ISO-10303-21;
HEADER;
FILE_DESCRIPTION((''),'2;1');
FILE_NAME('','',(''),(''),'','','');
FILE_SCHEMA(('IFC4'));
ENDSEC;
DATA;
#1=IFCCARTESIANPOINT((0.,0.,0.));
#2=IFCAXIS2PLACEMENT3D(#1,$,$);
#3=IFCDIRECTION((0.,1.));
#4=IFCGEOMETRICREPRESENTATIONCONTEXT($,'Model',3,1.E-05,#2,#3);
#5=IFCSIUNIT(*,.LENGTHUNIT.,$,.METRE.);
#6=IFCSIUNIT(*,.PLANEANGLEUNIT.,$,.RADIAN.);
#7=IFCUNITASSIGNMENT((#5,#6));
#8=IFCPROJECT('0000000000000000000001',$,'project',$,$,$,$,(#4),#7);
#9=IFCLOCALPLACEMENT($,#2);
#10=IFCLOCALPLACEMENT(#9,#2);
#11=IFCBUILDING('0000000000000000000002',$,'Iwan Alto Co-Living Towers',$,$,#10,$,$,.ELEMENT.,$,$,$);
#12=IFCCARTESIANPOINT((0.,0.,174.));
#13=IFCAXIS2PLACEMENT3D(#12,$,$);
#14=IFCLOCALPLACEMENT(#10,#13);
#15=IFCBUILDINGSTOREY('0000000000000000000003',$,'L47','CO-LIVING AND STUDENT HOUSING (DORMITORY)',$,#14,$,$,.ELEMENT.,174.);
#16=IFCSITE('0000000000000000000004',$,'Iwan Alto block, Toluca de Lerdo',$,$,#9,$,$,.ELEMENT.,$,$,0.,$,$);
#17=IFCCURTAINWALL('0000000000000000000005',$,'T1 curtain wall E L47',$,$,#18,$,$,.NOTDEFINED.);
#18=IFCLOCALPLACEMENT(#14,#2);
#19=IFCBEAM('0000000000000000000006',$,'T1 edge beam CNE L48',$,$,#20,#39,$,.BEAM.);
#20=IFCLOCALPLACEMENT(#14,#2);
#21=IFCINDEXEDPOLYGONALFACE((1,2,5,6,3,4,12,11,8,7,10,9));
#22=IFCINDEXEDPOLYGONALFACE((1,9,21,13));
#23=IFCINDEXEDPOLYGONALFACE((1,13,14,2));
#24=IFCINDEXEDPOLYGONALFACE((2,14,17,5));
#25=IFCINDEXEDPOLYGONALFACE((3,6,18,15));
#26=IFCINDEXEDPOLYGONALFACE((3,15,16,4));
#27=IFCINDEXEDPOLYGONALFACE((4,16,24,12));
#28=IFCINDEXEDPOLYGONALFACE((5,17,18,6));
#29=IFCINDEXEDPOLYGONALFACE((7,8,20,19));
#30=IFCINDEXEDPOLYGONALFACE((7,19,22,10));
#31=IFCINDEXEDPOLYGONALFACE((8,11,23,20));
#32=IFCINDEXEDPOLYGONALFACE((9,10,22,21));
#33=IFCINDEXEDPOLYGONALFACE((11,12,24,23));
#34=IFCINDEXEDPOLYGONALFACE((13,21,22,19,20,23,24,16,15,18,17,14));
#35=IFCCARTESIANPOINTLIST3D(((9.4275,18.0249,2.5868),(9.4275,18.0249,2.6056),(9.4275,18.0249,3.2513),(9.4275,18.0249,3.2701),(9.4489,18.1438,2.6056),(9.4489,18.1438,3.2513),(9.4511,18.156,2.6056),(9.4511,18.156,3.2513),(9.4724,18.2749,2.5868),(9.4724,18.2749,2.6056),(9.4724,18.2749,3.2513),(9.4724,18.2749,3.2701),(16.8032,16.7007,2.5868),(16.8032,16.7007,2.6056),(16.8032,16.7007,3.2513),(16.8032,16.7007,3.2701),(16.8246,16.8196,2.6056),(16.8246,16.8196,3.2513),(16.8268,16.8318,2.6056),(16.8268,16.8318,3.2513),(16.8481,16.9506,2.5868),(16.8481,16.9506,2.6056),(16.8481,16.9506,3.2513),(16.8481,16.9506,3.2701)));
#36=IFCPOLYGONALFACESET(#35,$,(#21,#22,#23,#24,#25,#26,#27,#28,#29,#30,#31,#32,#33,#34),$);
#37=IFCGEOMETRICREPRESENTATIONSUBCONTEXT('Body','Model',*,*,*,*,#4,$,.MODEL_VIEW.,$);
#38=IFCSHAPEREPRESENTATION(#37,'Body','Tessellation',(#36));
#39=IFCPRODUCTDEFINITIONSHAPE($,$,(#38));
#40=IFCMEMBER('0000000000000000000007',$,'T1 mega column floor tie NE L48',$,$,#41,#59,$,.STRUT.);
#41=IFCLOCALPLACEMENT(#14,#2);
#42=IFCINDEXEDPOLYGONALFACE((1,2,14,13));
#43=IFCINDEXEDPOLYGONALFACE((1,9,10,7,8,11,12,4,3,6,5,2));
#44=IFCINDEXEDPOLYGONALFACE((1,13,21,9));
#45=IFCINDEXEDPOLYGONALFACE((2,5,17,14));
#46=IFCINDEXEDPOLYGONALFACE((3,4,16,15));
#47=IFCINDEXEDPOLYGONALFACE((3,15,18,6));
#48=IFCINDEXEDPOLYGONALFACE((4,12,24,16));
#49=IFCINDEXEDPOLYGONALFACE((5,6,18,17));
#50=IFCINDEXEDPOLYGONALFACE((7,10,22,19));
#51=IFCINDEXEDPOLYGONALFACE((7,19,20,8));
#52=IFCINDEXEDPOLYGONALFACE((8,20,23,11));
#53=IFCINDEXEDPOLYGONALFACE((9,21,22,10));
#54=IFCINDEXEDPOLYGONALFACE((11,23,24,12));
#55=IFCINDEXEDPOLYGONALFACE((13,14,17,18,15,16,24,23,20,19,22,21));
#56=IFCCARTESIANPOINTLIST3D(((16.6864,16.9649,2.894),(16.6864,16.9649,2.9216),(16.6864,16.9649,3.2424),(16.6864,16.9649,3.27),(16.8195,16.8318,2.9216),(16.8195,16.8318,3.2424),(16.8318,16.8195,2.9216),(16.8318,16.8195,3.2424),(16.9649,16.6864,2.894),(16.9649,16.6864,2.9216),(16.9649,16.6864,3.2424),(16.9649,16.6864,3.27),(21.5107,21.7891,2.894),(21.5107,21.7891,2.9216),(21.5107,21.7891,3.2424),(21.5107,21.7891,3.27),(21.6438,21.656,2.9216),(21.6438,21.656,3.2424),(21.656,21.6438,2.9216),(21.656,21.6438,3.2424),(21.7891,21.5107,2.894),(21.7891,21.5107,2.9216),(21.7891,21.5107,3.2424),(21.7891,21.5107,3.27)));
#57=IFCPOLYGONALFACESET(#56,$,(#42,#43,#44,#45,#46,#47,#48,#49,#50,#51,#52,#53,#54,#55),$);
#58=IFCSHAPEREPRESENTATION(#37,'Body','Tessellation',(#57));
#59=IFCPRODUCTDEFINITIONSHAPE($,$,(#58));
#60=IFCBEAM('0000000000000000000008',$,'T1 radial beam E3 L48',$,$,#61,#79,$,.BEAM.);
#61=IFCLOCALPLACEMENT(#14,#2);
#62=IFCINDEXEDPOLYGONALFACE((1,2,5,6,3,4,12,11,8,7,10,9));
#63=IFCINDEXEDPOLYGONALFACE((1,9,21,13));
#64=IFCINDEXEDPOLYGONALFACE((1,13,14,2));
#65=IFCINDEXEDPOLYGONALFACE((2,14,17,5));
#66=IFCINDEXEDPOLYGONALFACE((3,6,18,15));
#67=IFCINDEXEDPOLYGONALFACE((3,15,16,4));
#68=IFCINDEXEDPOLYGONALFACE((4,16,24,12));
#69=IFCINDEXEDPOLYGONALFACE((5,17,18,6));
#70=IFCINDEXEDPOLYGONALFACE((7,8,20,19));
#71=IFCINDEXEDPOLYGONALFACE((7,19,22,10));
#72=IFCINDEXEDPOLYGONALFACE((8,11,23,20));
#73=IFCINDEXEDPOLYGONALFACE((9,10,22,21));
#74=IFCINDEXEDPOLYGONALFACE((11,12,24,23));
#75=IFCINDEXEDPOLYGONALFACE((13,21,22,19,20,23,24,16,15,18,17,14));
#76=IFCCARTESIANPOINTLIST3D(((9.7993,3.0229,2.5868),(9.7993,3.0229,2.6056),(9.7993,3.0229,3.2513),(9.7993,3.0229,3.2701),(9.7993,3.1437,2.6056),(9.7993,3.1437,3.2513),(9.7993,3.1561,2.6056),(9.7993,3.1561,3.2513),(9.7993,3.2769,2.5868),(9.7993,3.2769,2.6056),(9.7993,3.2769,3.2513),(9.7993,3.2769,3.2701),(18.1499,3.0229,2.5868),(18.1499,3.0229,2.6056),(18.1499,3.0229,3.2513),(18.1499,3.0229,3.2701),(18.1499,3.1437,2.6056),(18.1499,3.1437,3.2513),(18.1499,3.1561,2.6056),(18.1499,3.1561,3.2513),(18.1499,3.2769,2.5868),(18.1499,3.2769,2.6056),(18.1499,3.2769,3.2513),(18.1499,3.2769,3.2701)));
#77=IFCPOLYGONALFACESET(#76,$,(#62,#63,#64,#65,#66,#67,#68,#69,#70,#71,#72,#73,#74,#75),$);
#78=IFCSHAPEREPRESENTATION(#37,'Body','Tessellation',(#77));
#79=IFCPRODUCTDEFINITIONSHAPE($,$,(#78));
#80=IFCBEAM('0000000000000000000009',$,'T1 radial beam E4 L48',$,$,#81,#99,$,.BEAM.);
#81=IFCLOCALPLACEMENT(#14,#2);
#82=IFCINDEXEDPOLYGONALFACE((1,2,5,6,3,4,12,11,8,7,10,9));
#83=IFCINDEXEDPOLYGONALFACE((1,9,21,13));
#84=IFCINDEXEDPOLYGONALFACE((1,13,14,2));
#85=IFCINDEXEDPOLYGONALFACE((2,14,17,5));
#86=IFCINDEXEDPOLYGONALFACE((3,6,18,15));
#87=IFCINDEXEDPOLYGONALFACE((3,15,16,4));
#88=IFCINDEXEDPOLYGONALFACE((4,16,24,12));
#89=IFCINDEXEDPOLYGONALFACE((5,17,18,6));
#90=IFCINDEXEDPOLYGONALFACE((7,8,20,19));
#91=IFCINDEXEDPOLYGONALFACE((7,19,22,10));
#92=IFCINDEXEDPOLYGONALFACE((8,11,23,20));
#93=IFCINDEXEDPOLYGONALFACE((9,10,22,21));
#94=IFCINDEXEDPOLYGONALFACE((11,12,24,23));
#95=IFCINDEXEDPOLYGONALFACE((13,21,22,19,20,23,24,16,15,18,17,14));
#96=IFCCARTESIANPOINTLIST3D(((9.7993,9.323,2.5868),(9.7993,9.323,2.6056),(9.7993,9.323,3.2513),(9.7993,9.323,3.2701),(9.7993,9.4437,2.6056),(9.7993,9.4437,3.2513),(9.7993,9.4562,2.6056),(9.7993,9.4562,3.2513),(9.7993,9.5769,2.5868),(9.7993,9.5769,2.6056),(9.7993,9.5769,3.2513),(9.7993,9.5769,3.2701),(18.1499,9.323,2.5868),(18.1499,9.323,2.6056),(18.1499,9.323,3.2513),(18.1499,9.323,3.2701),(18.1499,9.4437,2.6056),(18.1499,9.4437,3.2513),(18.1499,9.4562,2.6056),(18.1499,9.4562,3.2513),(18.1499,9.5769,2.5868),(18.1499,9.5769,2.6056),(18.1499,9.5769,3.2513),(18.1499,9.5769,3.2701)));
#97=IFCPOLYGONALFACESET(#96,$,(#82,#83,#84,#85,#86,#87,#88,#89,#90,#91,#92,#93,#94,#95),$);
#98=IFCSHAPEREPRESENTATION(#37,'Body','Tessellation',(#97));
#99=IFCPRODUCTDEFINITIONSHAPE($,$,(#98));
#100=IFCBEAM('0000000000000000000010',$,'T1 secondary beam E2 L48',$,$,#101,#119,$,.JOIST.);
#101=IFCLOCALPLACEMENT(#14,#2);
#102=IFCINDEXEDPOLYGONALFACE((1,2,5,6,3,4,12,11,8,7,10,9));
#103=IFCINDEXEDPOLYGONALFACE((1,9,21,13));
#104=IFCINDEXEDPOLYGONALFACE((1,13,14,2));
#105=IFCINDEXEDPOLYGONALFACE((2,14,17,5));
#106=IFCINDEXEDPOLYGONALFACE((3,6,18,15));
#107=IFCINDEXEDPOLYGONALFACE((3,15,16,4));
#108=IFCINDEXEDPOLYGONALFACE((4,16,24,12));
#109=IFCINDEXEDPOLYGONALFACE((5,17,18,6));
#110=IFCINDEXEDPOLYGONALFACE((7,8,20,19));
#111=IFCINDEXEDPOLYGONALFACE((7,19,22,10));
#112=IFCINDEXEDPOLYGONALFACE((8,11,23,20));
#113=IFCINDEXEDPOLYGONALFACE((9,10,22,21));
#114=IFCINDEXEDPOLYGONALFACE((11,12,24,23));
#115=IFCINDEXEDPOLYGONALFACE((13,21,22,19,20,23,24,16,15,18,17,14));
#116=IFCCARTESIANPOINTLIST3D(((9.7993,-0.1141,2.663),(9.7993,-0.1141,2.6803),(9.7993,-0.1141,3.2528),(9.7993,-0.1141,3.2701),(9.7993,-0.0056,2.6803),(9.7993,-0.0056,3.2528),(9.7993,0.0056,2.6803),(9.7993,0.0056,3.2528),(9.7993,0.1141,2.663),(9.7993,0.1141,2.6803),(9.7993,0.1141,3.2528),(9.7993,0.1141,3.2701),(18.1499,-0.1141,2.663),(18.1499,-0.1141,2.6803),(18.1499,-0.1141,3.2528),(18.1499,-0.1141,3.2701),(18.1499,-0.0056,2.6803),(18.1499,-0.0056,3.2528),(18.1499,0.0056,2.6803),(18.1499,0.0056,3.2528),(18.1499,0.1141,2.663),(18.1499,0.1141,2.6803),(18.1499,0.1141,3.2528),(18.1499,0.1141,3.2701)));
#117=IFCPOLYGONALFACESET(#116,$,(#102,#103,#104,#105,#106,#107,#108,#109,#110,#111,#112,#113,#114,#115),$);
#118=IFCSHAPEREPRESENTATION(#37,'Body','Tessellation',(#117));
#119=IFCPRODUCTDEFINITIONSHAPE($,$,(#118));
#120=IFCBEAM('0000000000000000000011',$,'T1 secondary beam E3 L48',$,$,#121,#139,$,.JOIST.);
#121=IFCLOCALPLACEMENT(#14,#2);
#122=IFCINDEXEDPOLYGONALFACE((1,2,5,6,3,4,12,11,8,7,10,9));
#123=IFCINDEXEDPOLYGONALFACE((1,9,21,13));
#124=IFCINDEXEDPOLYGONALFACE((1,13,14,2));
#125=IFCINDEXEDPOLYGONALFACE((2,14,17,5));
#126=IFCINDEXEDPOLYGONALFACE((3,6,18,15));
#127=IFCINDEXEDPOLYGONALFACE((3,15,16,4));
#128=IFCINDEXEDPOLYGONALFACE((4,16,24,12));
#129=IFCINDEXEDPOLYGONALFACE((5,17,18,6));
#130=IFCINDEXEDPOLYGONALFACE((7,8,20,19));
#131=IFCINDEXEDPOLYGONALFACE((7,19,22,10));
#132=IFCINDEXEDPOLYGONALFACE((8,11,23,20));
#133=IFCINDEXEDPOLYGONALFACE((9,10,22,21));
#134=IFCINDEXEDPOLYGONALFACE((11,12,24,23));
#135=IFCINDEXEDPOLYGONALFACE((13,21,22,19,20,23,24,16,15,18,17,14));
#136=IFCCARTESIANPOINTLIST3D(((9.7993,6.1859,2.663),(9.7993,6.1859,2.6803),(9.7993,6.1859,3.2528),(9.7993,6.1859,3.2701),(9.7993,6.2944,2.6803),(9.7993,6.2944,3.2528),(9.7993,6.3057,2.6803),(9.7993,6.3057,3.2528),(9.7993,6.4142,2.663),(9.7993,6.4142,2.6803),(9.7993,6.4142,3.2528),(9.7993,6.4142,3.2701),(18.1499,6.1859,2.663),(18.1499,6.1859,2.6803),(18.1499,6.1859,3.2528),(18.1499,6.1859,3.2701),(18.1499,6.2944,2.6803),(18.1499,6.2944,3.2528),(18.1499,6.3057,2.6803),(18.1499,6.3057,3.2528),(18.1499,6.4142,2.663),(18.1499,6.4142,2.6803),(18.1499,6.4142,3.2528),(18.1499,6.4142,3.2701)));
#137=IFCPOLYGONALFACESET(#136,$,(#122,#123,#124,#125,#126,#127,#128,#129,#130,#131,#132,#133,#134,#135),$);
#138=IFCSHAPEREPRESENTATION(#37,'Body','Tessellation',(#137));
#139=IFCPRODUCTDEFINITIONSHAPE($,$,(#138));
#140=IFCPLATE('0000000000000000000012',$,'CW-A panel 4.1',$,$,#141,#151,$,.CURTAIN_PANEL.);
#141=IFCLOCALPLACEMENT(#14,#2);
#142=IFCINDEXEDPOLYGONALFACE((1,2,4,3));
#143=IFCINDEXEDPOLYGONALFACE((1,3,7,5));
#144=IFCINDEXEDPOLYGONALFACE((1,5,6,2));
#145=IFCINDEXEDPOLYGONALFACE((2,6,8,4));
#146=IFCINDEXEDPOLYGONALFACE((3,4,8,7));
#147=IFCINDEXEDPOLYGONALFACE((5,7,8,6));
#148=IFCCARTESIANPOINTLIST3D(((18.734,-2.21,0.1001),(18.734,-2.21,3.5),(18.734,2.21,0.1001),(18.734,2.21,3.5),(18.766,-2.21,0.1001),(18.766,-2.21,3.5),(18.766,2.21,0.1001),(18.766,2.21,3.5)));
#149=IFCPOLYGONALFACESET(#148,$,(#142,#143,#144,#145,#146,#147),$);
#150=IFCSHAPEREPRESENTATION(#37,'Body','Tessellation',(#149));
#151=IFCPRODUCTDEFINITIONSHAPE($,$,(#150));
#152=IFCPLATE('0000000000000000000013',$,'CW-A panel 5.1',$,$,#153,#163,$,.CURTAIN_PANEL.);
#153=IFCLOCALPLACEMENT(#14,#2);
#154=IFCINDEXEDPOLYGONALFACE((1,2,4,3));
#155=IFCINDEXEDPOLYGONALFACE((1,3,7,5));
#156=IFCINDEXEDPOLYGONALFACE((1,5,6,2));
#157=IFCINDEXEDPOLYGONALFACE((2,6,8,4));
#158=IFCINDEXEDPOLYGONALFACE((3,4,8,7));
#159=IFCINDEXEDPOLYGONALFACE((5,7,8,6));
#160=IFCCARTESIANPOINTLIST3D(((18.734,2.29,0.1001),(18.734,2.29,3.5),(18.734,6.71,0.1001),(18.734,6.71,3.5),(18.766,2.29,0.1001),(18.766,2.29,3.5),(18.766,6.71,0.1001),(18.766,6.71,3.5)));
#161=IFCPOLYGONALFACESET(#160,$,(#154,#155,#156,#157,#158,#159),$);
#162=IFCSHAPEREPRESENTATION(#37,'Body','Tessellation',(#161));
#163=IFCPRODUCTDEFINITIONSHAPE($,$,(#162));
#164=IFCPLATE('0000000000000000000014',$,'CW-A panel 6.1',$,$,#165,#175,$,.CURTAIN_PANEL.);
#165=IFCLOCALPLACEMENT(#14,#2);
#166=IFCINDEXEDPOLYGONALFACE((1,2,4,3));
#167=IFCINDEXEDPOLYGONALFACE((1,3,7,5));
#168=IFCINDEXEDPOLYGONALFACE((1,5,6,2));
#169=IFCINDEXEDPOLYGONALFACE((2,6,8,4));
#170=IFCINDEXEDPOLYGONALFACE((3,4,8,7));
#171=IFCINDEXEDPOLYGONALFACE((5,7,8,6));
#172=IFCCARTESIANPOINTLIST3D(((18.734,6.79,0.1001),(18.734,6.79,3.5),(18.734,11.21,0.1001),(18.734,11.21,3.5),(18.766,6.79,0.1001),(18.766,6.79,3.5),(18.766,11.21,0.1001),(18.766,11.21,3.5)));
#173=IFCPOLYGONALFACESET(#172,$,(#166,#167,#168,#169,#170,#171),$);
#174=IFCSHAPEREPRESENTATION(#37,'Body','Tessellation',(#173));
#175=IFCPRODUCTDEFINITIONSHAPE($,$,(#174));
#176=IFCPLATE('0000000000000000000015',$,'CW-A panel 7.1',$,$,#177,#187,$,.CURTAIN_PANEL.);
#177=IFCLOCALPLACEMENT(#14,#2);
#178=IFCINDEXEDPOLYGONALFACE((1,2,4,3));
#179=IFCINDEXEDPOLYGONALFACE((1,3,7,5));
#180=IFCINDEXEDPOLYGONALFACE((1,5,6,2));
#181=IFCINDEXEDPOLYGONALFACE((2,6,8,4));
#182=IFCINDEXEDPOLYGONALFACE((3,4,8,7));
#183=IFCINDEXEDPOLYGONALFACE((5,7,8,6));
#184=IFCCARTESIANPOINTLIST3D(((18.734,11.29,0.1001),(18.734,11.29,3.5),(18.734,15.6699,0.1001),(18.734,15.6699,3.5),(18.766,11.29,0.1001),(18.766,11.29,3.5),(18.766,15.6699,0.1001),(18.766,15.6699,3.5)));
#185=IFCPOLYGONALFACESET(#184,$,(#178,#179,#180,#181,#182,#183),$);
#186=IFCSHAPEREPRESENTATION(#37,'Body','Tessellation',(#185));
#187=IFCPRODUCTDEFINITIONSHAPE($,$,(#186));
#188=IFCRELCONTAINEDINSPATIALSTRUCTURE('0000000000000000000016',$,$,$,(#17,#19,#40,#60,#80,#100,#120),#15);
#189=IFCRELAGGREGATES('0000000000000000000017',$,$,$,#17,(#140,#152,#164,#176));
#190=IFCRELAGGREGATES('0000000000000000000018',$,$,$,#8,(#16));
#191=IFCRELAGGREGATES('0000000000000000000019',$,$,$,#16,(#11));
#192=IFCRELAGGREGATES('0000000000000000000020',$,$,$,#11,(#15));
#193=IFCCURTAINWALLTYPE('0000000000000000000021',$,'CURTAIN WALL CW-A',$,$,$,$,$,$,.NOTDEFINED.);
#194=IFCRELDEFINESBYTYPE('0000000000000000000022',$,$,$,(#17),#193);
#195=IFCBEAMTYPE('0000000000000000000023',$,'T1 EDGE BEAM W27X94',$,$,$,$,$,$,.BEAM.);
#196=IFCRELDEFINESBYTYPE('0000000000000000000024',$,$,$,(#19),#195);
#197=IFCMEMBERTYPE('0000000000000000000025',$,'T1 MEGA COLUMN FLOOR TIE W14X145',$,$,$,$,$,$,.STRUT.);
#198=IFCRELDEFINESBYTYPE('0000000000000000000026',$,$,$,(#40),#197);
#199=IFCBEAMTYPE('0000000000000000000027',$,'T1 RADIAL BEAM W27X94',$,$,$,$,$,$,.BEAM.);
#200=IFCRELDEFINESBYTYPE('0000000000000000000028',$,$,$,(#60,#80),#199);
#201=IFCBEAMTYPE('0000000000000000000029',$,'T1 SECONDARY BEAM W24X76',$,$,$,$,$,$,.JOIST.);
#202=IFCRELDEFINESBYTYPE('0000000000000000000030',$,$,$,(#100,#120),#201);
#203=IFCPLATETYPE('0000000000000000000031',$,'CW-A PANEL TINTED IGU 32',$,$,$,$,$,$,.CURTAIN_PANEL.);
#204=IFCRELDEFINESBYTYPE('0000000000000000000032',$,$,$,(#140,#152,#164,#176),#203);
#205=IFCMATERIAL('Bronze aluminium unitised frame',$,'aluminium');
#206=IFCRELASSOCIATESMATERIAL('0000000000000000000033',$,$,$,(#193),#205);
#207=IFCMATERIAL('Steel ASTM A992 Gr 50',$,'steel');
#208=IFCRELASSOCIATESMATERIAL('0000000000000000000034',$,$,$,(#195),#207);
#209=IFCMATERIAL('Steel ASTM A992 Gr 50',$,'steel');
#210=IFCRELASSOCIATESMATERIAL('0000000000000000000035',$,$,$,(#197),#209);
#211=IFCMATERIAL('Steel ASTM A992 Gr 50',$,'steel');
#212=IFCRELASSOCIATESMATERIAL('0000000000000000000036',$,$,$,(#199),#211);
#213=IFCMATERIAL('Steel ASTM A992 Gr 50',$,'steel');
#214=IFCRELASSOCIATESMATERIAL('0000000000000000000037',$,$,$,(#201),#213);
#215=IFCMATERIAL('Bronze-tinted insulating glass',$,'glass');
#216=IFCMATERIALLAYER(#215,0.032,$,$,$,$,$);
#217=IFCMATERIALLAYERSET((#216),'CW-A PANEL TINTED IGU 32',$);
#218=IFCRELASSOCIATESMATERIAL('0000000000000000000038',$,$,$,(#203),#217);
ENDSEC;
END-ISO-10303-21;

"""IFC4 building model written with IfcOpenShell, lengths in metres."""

from ifc_helpers import new_model, si_unit, direction, frame, origin, origin_2d, place, context, subcontext, project, spatial, rectangle, i_section, extrude, material, layer, layer_set, material_profile, profile_set, type_object, element, aggregate, save


model = new_model("IFC4")

# Units and contexts
model_context = context("Model", 3, precision=1e-05, world=origin(), true_north=direction((0.0, 1.0)))
body_context = subcontext(model_context, "Body", "Model", "MODEL_VIEW")
ifc_project = project(units=[si_unit("LENGTHUNIT", "METRE"), si_unit("PLANEANGLEUNIT", "RADIAN")], contexts=[model_context])

# Site, building, storey
site_placement = place(None, origin())
site = spatial("IfcSite", under=ifc_project, at=site_placement, Name="Iwan Alto block, Toluca de Lerdo", CompositionType="ELEMENT", RefElevation=0.0)
building_placement = place(site_placement, origin())
building = spatial("IfcBuilding", under=site, at=building_placement, Name="Iwan Alto Co-Living Towers", CompositionType="ELEMENT")
storey_placement = place(building_placement, frame((0.0, 0.0, 174.0)))
storey = spatial("IfcBuildingStorey", under=building, at=storey_placement, Name="L47", Description="CO-LIVING AND STUDENT HOUSING (DORMITORY)", CompositionType="ELEMENT", Elevation=174.0)

# Curtain wall
ifc_material_1 = material(Name="Bronze aluminium unitised frame", Category="aluminium")
curtain_wall_type_1 = type_object("IfcCurtainWallType", Name="CURTAIN WALL CW-A", PredefinedType="NOTDEFINED", material=ifc_material_1)
curtain_wall_1_placement = place(storey_placement, origin())
curtain_wall_1 = element("IfcCurtainWall", 1, at=curtain_wall_1_placement, inside=storey, type_object=curtain_wall_type_1, Name="T1 curtain wall E L47", PredefinedType="NOTDEFINED")

# Beam
ifc_material_2 = material(Name="Steel ASTM A992 Gr 50", Category="steel")
ifc_material_profile_1 = material_profile(ifc_material_2, i_section(OverallWidth=0.2539, OverallDepth=0.6833, WebThickness=0.0125, FlangeThickness=0.0188, at=origin_2d()), Name="W27X94")
ifc_profile_set_1 = profile_set([ifc_material_profile_1], Name="Steel ASTM A992 Gr 50")
beam_type_1 = type_object("IfcBeamType", Name="T1 EDGE BEAM W27X94", PredefinedType="BEAM", material=ifc_profile_set_1)
for number, where, z_axis, x_axis, name in (
    (2, (16.8257, 16.8257, 2.9285), (-0.984263, 0.176712, 0.0), (-0.176712, -0.984263, 0.0), "T1 edge beam CNE L48"),
):
    element("IfcBeam", number, at=place(storey_placement, frame(where, z_axis=z_axis, x_axis=x_axis)), inside=storey, type_object=beam_type_1, Name=name, PredefinedType="BEAM", context=body_context, shape_type="SweptSolid", body=[
        extrude(i_section(OverallWidth=0.2539, OverallDepth=0.6833, WebThickness=0.0125, FlangeThickness=0.0188, at=origin_2d()), origin(), (0.0, 0.0, 1.0), 7.4937),
    ])

# Member
ifc_material_3 = material(Name="Steel ASTM A992 Gr 50", Category="steel")
ifc_material_profile_2 = material_profile(ifc_material_3, i_section(OverallWidth=0.3938, OverallDepth=0.376, WebThickness=0.0173, FlangeThickness=0.0276, at=origin_2d()), Name="W14X145")
ifc_profile_set_2 = profile_set([ifc_material_profile_2], Name="Steel ASTM A992 Gr 50")
member_type_1 = type_object("IfcMemberType", Name="T1 MEGA COLUMN FLOOR TIE W14X145", PredefinedType="STRUT", material=ifc_profile_set_2)
member_1_placement = place(storey_placement, frame((21.6499, 21.6499, 3.082), z_axis=(-0.707107, -0.707107, 0.0), x_axis=(0.707107, -0.707107, 0.0)))
element("IfcMember", 3, at=member_1_placement, inside=storey, type_object=member_type_1, Name="T1 mega column floor tie NE L48", PredefinedType="STRUT", context=body_context, shape_type="SweptSolid", body=[
    extrude(i_section(OverallWidth=0.3938, OverallDepth=0.376, WebThickness=0.0173, FlangeThickness=0.0276, at=origin_2d()), origin(), (0.0, 0.0, 1.0), 6.8225),
])

# Beams
ifc_material_4 = material(Name="Steel ASTM A992 Gr 50", Category="steel")
ifc_material_profile_3 = material_profile(ifc_material_4, i_section(OverallWidth=0.2539, OverallDepth=0.6833, WebThickness=0.0125, FlangeThickness=0.0188, at=origin_2d()), Name="W27X94")
ifc_profile_set_3 = profile_set([ifc_material_profile_3], Name="Steel ASTM A992 Gr 50")
beam_type_2 = type_object("IfcBeamType", Name="T1 RADIAL BEAM W27X94", PredefinedType="BEAM", material=ifc_profile_set_3)
for number, where, z_axis, x_axis, name in (
    (4, (18.1499, 3.1499, 2.9285), (-1.0, 0.0, 0.0), (0.0, -1.0, 0.0), "T1 radial beam E3 L48"),
    (5, (18.1499, 9.45, 2.9285), (-1.0, 0.0, 0.0), (0.0, -1.0, 0.0), "T1 radial beam E4 L48"),
):
    element("IfcBeam", number, at=place(storey_placement, frame(where, z_axis=z_axis, x_axis=x_axis)), inside=storey, type_object=beam_type_2, Name=name, PredefinedType="BEAM", context=body_context, shape_type="SweptSolid", body=[
        extrude(i_section(OverallWidth=0.2539, OverallDepth=0.6833, WebThickness=0.0125, FlangeThickness=0.0188, at=origin_2d()), origin(), (0.0, 0.0, 1.0), 8.3506),
    ])
ifc_material_5 = material(Name="Steel ASTM A992 Gr 50", Category="steel")
ifc_material_profile_4 = material_profile(ifc_material_5, i_section(OverallWidth=0.2283, OverallDepth=0.6072, WebThickness=0.0112, FlangeThickness=0.0173, at=origin_2d()), Name="W24X76")
ifc_profile_set_4 = profile_set([ifc_material_profile_4], Name="Steel ASTM A992 Gr 50")
beam_type_3 = type_object("IfcBeamType", Name="T1 SECONDARY BEAM W24X76", PredefinedType="JOIST", material=ifc_profile_set_4)
for number, where, z_axis, x_axis, name in (
    (6, (18.1499, 0.0, 2.9666), (-1.0, 0.0, 0.0), (0.0, -1.0, 0.0), "T1 secondary beam E2 L48"),
    (7, (18.1499, 6.3, 2.9666), (-1.0, 0.0, 0.0), (0.0, -1.0, 0.0), "T1 secondary beam E3 L48"),
):
    element("IfcBeam", number, at=place(storey_placement, frame(where, z_axis=z_axis, x_axis=x_axis)), inside=storey, type_object=beam_type_3, Name=name, PredefinedType="JOIST", context=body_context, shape_type="SweptSolid", body=[
        extrude(i_section(OverallWidth=0.2283, OverallDepth=0.6072, WebThickness=0.0112, FlangeThickness=0.0173, at=origin_2d()), origin(), (0.0, 0.0, 1.0), 8.3506),
    ])

# Plates
ifc_material_6 = material(Name="Bronze-tinted insulating glass", Category="glass")
ifc_layer_1 = layer(ifc_material_6, 0.032)
ifc_layer_set_1 = layer_set([ifc_layer_1], Name="CW-A PANEL TINTED IGU 32")
plate_type_1 = type_object("IfcPlateType", Name="CW-A PANEL TINTED IGU 32", PredefinedType="CURTAIN_PANEL", material=ifc_layer_set_1)
plate_1_placement = place(storey_placement, frame((18.75, 0.0, 0.1001), z_axis=(0.0, 0.0, 1.0), x_axis=(0.0, 1.0, 0.0)))
plate_1 = element("IfcPlate", 8, at=plate_1_placement, type_object=plate_type_1, Name="CW-A panel 4.1", PredefinedType="CURTAIN_PANEL", context=body_context, shape_type="SweptSolid", body=[
    extrude(rectangle(XDim=4.4199, YDim=0.032, at=origin_2d()), origin(), (0.0, 0.0, 1.0), 3.3999),
])
plate_2_placement = place(storey_placement, frame((18.75, 4.5, 0.1001), z_axis=(0.0, 0.0, 1.0), x_axis=(0.0, 1.0, 0.0)))
plate_2 = element("IfcPlate", 9, at=plate_2_placement, type_object=plate_type_1, Name="CW-A panel 5.1", PredefinedType="CURTAIN_PANEL", context=body_context, shape_type="SweptSolid", body=[
    extrude(rectangle(XDim=4.4199, YDim=0.032, at=origin_2d()), origin(), (0.0, 0.0, 1.0), 3.3999),
])
plate_3_placement = place(storey_placement, frame((18.75, 9.0, 0.1001), z_axis=(0.0, 0.0, 1.0), x_axis=(0.0, 1.0, 0.0)))
plate_3 = element("IfcPlate", 10, at=plate_3_placement, type_object=plate_type_1, Name="CW-A panel 6.1", PredefinedType="CURTAIN_PANEL", context=body_context, shape_type="SweptSolid", body=[
    extrude(rectangle(XDim=4.4199, YDim=0.032, at=origin_2d()), origin(), (0.0, 0.0, 1.0), 3.3999),
])
plate_4_placement = place(storey_placement, frame((18.75, 13.48, 0.1001), z_axis=(0.0, 0.0, 1.0), x_axis=(0.0, 1.0, 0.0)))
plate_4 = element("IfcPlate", 11, at=plate_4_placement, type_object=plate_type_1, Name="CW-A panel 7.1", PredefinedType="CURTAIN_PANEL", context=body_context, shape_type="SweptSolid", body=[
    extrude(rectangle(XDim=4.3799, YDim=0.032, at=origin_2d()), origin(), (0.0, 0.0, 1.0), 3.3999),
])
aggregate(curtain_wall_1, [plate_1, plate_2, plate_3, plate_4])

save(model, "model.ifc")
